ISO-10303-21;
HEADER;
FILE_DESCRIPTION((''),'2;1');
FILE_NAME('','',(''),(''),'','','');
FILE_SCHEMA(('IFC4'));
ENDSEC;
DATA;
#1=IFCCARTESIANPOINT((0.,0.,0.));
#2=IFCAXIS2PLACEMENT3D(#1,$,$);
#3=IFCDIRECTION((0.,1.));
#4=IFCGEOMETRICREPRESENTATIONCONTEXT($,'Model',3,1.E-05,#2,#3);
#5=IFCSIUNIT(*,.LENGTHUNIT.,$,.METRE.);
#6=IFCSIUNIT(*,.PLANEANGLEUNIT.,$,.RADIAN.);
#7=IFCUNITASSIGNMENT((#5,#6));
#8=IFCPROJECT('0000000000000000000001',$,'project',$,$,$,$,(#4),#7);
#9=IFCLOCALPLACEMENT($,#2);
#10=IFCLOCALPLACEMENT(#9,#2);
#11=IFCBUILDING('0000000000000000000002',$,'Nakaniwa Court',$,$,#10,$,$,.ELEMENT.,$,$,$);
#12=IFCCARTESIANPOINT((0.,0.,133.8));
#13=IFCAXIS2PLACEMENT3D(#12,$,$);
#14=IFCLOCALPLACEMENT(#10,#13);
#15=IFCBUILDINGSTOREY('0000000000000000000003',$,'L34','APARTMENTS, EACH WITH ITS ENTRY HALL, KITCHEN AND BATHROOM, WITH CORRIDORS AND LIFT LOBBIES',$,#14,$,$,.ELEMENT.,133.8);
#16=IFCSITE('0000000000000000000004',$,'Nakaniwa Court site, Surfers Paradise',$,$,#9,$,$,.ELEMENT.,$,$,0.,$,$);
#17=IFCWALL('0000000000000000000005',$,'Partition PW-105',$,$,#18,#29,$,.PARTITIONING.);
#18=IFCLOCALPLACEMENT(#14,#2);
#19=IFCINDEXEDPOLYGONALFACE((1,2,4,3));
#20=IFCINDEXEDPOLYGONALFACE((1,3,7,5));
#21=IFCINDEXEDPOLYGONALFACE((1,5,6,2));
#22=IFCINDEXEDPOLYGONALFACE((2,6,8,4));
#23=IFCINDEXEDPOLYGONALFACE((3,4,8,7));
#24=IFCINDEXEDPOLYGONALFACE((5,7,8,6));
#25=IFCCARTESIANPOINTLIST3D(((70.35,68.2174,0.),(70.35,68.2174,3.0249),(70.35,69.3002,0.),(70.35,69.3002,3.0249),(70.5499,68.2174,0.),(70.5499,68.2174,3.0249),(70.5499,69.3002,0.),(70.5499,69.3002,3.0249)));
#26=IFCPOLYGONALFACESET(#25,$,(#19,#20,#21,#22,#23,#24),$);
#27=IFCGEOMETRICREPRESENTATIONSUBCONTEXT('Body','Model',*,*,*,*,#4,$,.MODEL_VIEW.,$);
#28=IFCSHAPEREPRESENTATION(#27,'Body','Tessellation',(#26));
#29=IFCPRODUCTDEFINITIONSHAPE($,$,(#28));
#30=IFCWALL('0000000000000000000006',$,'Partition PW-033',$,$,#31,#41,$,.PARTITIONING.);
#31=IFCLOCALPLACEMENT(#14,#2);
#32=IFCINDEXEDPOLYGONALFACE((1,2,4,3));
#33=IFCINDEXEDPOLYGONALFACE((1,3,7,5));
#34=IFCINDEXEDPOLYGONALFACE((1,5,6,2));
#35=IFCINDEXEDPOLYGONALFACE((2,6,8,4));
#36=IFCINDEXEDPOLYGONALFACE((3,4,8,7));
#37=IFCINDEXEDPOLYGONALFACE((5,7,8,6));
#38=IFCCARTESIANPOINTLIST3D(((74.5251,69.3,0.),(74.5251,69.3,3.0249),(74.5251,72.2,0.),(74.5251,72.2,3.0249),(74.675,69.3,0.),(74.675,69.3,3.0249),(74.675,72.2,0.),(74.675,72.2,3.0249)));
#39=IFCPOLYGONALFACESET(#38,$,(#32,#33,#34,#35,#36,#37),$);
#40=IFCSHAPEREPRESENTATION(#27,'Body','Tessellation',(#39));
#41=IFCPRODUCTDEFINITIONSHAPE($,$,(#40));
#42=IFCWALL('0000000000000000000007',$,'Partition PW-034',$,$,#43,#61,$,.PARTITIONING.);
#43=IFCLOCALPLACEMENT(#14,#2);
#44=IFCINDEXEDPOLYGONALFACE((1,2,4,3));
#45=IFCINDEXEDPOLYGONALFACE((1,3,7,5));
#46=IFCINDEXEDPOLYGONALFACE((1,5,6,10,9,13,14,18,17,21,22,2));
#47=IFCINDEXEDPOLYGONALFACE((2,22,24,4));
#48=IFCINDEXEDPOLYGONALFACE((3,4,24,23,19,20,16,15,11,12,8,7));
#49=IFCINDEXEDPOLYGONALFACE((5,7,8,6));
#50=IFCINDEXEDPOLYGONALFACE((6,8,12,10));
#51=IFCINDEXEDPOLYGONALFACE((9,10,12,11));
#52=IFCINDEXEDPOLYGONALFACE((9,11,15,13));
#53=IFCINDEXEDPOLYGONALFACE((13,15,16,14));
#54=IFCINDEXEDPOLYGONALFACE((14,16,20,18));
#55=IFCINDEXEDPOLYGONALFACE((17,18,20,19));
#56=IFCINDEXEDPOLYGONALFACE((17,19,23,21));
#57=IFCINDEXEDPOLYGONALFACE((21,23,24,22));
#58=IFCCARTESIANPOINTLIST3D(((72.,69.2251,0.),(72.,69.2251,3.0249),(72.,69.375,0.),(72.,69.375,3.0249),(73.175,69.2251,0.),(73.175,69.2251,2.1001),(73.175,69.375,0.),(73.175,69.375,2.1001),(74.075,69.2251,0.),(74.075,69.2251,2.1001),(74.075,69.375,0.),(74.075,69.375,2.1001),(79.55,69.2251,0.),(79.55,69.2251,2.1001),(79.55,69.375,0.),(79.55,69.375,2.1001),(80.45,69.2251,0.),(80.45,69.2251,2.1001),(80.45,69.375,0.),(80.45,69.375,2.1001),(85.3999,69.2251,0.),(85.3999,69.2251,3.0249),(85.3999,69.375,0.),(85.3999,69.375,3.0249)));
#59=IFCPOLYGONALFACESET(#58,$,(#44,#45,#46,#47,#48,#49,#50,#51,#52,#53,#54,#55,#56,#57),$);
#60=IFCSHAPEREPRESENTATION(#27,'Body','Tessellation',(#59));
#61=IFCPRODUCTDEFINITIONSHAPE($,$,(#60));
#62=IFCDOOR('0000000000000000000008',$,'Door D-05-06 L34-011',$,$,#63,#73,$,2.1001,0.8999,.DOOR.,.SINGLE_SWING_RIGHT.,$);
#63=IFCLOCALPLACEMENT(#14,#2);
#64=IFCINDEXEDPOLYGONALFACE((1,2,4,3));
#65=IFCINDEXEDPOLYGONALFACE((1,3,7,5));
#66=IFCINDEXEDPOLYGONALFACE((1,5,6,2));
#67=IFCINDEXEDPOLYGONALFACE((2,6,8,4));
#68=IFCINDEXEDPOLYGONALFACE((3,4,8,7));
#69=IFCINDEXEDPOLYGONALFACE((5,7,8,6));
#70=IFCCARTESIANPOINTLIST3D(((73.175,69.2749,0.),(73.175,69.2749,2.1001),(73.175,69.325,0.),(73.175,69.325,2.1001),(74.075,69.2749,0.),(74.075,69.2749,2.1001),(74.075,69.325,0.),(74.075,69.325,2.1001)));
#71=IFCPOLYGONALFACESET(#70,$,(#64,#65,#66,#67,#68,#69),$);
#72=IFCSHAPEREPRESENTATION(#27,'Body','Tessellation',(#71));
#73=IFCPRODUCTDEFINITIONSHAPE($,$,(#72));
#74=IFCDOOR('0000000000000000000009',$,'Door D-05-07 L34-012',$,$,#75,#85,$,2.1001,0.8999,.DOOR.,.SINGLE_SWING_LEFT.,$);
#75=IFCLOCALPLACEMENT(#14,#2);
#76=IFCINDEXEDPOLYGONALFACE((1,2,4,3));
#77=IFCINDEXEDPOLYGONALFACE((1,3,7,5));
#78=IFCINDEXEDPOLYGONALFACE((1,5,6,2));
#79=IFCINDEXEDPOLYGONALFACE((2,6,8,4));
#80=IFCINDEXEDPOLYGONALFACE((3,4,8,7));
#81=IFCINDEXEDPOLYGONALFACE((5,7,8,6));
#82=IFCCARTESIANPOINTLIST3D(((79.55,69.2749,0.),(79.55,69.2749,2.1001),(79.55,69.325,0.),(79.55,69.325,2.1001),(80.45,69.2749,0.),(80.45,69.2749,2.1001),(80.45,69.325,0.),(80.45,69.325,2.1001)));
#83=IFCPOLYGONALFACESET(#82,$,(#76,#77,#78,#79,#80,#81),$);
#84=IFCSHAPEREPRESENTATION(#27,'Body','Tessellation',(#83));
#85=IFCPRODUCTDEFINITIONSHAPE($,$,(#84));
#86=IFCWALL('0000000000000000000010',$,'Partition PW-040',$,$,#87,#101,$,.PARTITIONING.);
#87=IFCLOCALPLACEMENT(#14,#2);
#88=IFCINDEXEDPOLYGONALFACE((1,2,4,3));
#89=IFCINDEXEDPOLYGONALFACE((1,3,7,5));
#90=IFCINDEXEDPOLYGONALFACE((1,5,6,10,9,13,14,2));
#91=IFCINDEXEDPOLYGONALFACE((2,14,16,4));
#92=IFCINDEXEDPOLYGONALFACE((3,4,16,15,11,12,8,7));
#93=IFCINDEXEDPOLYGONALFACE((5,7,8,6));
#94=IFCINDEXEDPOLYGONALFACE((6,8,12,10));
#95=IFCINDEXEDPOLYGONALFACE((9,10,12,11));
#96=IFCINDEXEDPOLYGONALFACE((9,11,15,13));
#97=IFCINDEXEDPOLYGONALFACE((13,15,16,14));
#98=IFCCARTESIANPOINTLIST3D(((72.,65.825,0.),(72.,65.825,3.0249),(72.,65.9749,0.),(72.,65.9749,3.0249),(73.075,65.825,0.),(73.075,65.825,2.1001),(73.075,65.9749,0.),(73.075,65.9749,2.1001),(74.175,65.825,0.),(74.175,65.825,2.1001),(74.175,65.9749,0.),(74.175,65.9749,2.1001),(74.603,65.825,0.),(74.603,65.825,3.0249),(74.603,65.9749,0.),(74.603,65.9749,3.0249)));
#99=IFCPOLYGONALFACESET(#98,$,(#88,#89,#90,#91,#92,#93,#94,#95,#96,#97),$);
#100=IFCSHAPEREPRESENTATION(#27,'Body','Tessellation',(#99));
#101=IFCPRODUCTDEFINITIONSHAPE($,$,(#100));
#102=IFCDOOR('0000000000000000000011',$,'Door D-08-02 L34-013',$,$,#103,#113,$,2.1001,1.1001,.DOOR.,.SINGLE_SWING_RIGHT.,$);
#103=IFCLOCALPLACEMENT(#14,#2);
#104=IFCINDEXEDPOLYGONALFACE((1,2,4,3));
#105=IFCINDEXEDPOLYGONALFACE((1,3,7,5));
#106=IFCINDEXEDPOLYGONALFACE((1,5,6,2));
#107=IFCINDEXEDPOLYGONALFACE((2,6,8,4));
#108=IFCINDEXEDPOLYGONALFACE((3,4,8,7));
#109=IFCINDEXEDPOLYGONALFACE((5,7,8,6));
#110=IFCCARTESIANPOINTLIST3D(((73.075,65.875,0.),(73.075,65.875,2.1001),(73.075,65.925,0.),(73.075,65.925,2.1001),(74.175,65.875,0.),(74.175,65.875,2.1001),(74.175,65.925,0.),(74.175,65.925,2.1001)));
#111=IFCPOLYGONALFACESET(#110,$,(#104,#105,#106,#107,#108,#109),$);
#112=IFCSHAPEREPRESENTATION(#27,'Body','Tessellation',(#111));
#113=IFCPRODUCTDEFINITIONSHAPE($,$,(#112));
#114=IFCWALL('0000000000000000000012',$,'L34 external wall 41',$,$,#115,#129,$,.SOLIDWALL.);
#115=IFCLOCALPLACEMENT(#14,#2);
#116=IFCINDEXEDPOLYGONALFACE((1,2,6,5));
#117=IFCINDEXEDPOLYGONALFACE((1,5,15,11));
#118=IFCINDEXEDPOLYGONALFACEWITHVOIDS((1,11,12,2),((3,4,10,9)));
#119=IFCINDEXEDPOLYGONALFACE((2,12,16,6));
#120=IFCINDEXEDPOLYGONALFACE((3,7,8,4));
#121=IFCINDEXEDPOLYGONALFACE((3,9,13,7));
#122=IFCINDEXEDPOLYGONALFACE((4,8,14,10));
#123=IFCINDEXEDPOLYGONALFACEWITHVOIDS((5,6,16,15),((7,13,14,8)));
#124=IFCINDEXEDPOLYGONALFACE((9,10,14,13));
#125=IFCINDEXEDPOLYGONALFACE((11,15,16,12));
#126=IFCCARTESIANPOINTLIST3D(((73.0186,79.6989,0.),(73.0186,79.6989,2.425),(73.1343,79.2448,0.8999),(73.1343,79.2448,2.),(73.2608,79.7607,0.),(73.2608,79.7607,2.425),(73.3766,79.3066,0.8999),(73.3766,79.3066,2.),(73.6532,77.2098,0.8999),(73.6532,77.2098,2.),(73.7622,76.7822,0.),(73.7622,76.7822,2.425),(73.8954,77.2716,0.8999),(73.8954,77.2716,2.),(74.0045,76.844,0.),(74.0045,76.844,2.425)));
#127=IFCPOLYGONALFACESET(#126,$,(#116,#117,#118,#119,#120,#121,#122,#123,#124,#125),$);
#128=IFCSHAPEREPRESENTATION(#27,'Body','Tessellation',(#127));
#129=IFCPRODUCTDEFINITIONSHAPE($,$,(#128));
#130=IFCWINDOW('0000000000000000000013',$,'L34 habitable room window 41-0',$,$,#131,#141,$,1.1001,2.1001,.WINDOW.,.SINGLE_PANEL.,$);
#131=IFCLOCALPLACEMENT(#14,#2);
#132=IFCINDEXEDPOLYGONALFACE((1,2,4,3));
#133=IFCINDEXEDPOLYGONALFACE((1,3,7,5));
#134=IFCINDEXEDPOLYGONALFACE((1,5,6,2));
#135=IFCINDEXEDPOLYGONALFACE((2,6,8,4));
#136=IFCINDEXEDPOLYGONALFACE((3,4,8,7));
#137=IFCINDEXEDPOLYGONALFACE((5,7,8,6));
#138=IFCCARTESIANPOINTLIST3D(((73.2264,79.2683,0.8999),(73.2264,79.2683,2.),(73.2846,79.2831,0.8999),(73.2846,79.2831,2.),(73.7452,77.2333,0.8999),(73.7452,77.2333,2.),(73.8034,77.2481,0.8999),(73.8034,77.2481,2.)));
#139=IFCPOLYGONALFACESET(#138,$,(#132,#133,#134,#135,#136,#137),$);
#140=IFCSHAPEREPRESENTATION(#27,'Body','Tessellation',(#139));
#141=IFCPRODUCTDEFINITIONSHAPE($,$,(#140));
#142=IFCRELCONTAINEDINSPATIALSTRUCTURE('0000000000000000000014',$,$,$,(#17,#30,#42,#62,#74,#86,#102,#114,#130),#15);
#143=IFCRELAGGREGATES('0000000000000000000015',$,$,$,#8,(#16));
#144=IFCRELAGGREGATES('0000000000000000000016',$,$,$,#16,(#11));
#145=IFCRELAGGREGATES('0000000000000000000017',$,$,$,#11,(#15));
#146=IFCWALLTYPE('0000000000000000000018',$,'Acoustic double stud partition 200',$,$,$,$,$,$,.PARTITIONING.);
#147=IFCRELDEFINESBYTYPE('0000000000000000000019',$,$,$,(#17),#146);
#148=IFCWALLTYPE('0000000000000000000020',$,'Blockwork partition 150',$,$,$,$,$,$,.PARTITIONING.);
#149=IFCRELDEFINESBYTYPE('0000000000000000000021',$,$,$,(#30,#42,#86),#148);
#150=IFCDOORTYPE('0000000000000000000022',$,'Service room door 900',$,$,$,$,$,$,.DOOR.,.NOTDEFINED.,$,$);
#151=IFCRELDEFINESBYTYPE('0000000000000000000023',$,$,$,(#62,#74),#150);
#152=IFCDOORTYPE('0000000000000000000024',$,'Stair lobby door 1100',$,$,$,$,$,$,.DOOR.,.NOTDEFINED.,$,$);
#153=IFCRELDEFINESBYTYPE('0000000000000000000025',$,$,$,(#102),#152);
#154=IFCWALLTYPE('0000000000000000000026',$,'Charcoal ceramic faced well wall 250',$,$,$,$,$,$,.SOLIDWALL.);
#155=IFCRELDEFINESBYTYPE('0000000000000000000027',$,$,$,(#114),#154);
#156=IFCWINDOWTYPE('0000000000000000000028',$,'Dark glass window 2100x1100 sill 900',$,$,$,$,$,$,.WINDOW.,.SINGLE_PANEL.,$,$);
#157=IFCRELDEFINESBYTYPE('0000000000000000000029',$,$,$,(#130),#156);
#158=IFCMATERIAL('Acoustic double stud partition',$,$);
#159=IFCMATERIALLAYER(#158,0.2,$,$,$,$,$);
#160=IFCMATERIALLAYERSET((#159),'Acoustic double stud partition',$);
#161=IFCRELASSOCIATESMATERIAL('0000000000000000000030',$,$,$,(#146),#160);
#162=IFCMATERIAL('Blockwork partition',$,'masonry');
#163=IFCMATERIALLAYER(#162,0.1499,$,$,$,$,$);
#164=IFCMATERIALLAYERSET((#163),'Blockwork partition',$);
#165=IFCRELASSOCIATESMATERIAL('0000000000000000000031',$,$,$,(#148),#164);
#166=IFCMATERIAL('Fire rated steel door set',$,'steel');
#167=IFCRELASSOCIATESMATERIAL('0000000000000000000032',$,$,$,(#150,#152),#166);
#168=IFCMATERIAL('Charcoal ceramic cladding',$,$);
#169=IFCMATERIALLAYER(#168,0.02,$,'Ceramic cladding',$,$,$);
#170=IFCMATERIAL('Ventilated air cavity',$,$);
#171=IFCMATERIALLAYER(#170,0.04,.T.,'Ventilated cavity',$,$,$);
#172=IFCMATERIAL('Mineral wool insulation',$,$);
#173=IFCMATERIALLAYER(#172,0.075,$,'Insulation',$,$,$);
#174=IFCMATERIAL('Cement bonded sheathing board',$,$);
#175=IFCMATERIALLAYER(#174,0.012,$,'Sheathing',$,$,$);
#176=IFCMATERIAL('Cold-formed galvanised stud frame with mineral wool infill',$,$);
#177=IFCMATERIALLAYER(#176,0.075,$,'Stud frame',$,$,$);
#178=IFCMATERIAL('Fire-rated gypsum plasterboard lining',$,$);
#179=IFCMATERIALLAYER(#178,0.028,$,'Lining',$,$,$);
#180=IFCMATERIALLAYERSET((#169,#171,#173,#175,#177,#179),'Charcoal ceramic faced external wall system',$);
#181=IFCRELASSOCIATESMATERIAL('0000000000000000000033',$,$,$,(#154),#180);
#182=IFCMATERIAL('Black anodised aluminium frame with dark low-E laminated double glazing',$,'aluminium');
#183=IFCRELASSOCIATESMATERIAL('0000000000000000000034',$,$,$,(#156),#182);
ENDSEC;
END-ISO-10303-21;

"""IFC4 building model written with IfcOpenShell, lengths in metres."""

from ifc_helpers import new_model, si_unit, direction, frame, frame_2d, origin, place, context, subcontext, project, spatial, rectangle, extrude, material, layer, layer_set, type_object, element, fill, save


model = new_model("IFC4")

# Units and contexts
model_context = context("Model", 3, precision=1e-05, world=origin(), true_north=direction((0.0, 1.0)))
body_context = subcontext(model_context, "Body", "Model", "MODEL_VIEW")
ifc_project = project(units=[si_unit("LENGTHUNIT", "METRE"), si_unit("PLANEANGLEUNIT", "RADIAN")], contexts=[model_context])

# Site, building, storey
site_placement = place(None, origin())
site = spatial("IfcSite", under=ifc_project, at=site_placement, Name="Nakaniwa Court site, Surfers Paradise", CompositionType="ELEMENT", RefElevation=0.0)
building_placement = place(site_placement, origin())
building = spatial("IfcBuilding", under=site, at=building_placement, Name="Nakaniwa Court", CompositionType="ELEMENT")
storey_placement = place(building_placement, frame((0.0, 0.0, 133.8)))
storey = spatial("IfcBuildingStorey", under=building, at=storey_placement, Name="L34", Description="APARTMENTS, EACH WITH ITS ENTRY HALL, KITCHEN AND BATHROOM, WITH CORRIDORS AND LIFT LOBBIES", CompositionType="ELEMENT", Elevation=133.8)

# Walls
ifc_material_1 = material(Name="Acoustic double stud partition")
ifc_layer_1 = layer(ifc_material_1, 0.2)
ifc_layer_set_1 = layer_set([ifc_layer_1], Name="Acoustic double stud partition")
wall_type_1 = type_object("IfcWallType", Name="Acoustic double stud partition 200", PredefinedType="PARTITIONING", material=ifc_layer_set_1)
wall_1_placement = place(storey_placement, frame((70.45, 68.2173, 0.0), z_axis=(0.0, 0.0, 1.0), x_axis=(0.0, 1.0, 0.0)))
element("IfcWall", 1, at=wall_1_placement, inside=storey, type_object=wall_type_1, Name="Partition PW-105", PredefinedType="PARTITIONING", context=body_context, shape_type="SweptSolid", body=[
    extrude(rectangle(XDim=1.0828, YDim=0.2, at=frame_2d((0.5415, 0.0))), origin(), (0.0, 0.0, 1.0), 3.0249),
])
ifc_material_2 = material(Name="Blockwork partition", Category="masonry")
ifc_layer_2 = layer(ifc_material_2, 0.1499)
ifc_layer_set_2 = layer_set([ifc_layer_2], Name="Blockwork partition")
wall_type_2 = type_object("IfcWallType", Name="Blockwork partition 150", PredefinedType="PARTITIONING", material=ifc_layer_set_2)
wall_2_placement = place(storey_placement, frame((74.6001, 69.3, 0.0), z_axis=(0.0, 0.0, 1.0), x_axis=(0.0, 1.0, 0.0)))
element("IfcWall", 2, at=wall_2_placement, inside=storey, type_object=wall_type_2, Name="Partition PW-033", PredefinedType="PARTITIONING", context=body_context, shape_type="SweptSolid", body=[
    extrude(rectangle(XDim=2.8999, YDim=0.1499, at=frame_2d((1.45, 0.0))), origin(), (0.0, 0.0, 1.0), 3.0249),
])

# Wall, openings, doors
wall_3_placement = place(storey_placement, frame((72.0, 69.3, 0.0), z_axis=(0.0, 0.0, 1.0), x_axis=(1.0, 0.0, 0.0)))
wall_3 = element("IfcWall", 3, at=wall_3_placement, inside=storey, type_object=wall_type_2, Name="Partition PW-034", PredefinedType="PARTITIONING", context=body_context, shape_type="SweptSolid", body=[
    extrude(rectangle(XDim=13.3999, YDim=0.1499, at=frame_2d((6.7, 0.0))), origin(), (0.0, 0.0, 1.0), 3.0249),
])
opening_1_placement = place(wall_3_placement, frame((1.175, 0.0, 0.0)))
opening_1 = element("IfcOpeningElement", 4, at=opening_1_placement, cuts=wall_3, PredefinedType="OPENING", context=body_context, shape_type="SweptSolid", body=[
    extrude(rectangle(XDim=0.8999, YDim=2.1001, at=frame_2d((0.45, 1.05))), frame((0.0, 0.085, 0.0), z_axis=(0.0, -1.0, 0.0), x_axis=(1.0, 0.0, 0.0)), (0.0, 0.0, 1.0), 0.1699),
])
opening_2_placement = place(wall_3_placement, frame((7.55, 0.0, 0.0)))
opening_2 = element("IfcOpeningElement", 5, at=opening_2_placement, cuts=wall_3, PredefinedType="OPENING", context=body_context, shape_type="SweptSolid", body=[
    extrude(rectangle(XDim=0.8999, YDim=2.1001, at=frame_2d((0.45, 1.05))), frame((0.0, 0.085, 0.0), z_axis=(0.0, -1.0, 0.0), x_axis=(1.0, 0.0, 0.0)), (0.0, 0.0, 1.0), 0.1699),
])
ifc_material_3 = material(Name="Fire rated steel door set", Category="steel")
door_type_1 = type_object("IfcDoorType", Name="Service room door 900", OperationType="NOTDEFINED", PredefinedType="DOOR", material=ifc_material_3)
door_1_placement = place(opening_1_placement, origin())
door_1 = element("IfcDoor", 6, at=door_1_placement, inside=storey, type_object=door_type_1, Name="Door D-05-06 L34-011", OperationType="SINGLE_SWING_RIGHT", OverallHeight=2.1001, OverallWidth=0.8999, PredefinedType="DOOR", context=body_context, shape_type="SweptSolid", body=[
    extrude(rectangle(XDim=0.8999, YDim=2.1001, at=frame_2d((0.45, 1.05))), frame((0.0, 0.0249, 0.0), z_axis=(0.0, -1.0, 0.0), x_axis=(1.0, 0.0, 0.0)), (0.0, 0.0, 1.0), 0.05),
])
fill(opening_1, door_1)
door_2_placement = place(opening_2_placement, origin())
door_2 = element("IfcDoor", 7, at=door_2_placement, inside=storey, type_object=door_type_1, Name="Door D-05-07 L34-012", OperationType="SINGLE_SWING_LEFT", OverallHeight=2.1001, OverallWidth=0.8999, PredefinedType="DOOR", context=body_context, shape_type="SweptSolid", body=[
    extrude(rectangle(XDim=0.8999, YDim=2.1001, at=frame_2d((0.45, 1.05))), frame((0.0, 0.0249, 0.0), z_axis=(0.0, -1.0, 0.0), x_axis=(1.0, 0.0, 0.0)), (0.0, 0.0, 1.0), 0.05),
])
fill(opening_2, door_2)

# Wall, opening, door
wall_4_placement = place(storey_placement, frame((74.603, 65.8999, 0.0), z_axis=(0.0, 0.0, 1.0), x_axis=(-1.0, 0.0, 0.0)))
wall_4 = element("IfcWall", 8, at=wall_4_placement, inside=storey, type_object=wall_type_2, Name="Partition PW-040", PredefinedType="PARTITIONING", context=body_context, shape_type="SweptSolid", body=[
    extrude(rectangle(XDim=2.603, YDim=0.1499, at=frame_2d((1.3015, 0.0))), origin(), (0.0, 0.0, 1.0), 3.0249),
])
opening_3_placement = place(wall_4_placement, frame((0.428, 0.0, 0.0)))
opening_3 = element("IfcOpeningElement", 9, at=opening_3_placement, cuts=wall_4, PredefinedType="OPENING", context=body_context, shape_type="SweptSolid", body=[
    extrude(rectangle(XDim=1.1001, YDim=2.1001, at=frame_2d((0.55, 1.05))), frame((0.0, 0.085, 0.0), z_axis=(0.0, -1.0, 0.0), x_axis=(1.0, 0.0, 0.0)), (0.0, 0.0, 1.0), 0.1699),
])
door_type_2 = type_object("IfcDoorType", Name="Stair lobby door 1100", OperationType="NOTDEFINED", PredefinedType="DOOR", material=ifc_material_3)
door_3_placement = place(opening_3_placement, origin())
door_3 = element("IfcDoor", 10, at=door_3_placement, inside=storey, type_object=door_type_2, Name="Door D-08-02 L34-013", OperationType="SINGLE_SWING_RIGHT", OverallHeight=2.1001, OverallWidth=1.1001, PredefinedType="DOOR", context=body_context, shape_type="SweptSolid", body=[
    extrude(rectangle(XDim=1.1001, YDim=2.1001, at=frame_2d((0.55, 1.05))), frame((0.0, 0.0249, 0.0), z_axis=(0.0, -1.0, 0.0), x_axis=(1.0, 0.0, 0.0)), (0.0, 0.0, 1.0), 0.05),
])
fill(opening_3, door_3)

# Wall, opening, window
ifc_material_4 = material(Name="Charcoal ceramic cladding")
ifc_layer_3 = layer(ifc_material_4, 0.02, Name="Ceramic cladding")
ifc_material_5 = material(Name="Ventilated air cavity")
ifc_layer_4 = layer(ifc_material_5, 0.04, ventilated=True, Name="Ventilated cavity")
ifc_material_6 = material(Name="Mineral wool insulation")
ifc_layer_5 = layer(ifc_material_6, 0.075, Name="Insulation")
ifc_material_7 = material(Name="Cement bonded sheathing board")
ifc_layer_6 = layer(ifc_material_7, 0.012, Name="Sheathing")
ifc_material_8 = material(Name="Cold-formed galvanised stud frame with mineral wool infill")
ifc_layer_7 = layer(ifc_material_8, 0.075, Name="Stud frame")
ifc_material_9 = material(Name="Fire-rated gypsum plasterboard lining")
ifc_layer_8 = layer(ifc_material_9, 0.028, Name="Lining")
ifc_layer_set_3 = layer_set([ifc_layer_3, ifc_layer_4, ifc_layer_5, ifc_layer_6, ifc_layer_7, ifc_layer_8], Name="Charcoal ceramic faced external wall system")
wall_type_3 = type_object("IfcWallType", Name="Charcoal ceramic faced well wall 250", PredefinedType="SOLIDWALL", material=ifc_layer_set_3)
wall_5_placement = place(storey_placement, frame((73.8833, 76.8132, 0.0), z_axis=(0.0, 0.0, 1.0), x_axis=(-0.247056, 0.969001, 0.0)))
wall_5 = element("IfcWall", 11, at=wall_5_placement, inside=storey, type_object=wall_type_3, Name="L34 external wall 41", PredefinedType="SOLIDWALL", context=body_context, shape_type="SweptSolid", body=[
    extrude(rectangle(XDim=3.01, YDim=0.25, at=frame_2d((1.5049, 0.0))), origin(), (0.0, 0.0, 1.0), 2.425),
])
opening_4_placement = place(wall_5_placement, frame((0.4412, 0.0, 0.8999)))
opening_4 = element("IfcOpeningElement", 12, at=opening_4_placement, cuts=wall_5, PredefinedType="OPENING", context=body_context, shape_type="SweptSolid", body=[
    extrude(rectangle(XDim=2.1001, YDim=1.1001, at=frame_2d((1.05, 0.55))), frame((0.0, 0.135, 0.0), z_axis=(0.0, -1.0, 0.0), x_axis=(1.0, 0.0, 0.0)), (0.0, 0.0, 1.0), 0.27),
])
ifc_material_10 = material(Name="Black anodised aluminium frame with dark low-E laminated double glazing", Category="aluminium")
window_type = type_object("IfcWindowType", Name="Dark glass window 2100x1100 sill 900", PartitioningType="SINGLE_PANEL", PredefinedType="WINDOW", material=ifc_material_10)
window_1_placement = place(opening_4_placement, origin())
window_1 = element("IfcWindow", 13, at=window_1_placement, inside=storey, type_object=window_type, Name="L34 habitable room window 41-0", OverallHeight=1.1001, OverallWidth=2.1001, PartitioningType="SINGLE_PANEL", PredefinedType="WINDOW", context=body_context, shape_type="SweptSolid", body=[
    extrude(rectangle(XDim=2.1001, YDim=1.1001, at=frame_2d((1.05, 0.55))), frame((0.0, 0.03, 0.0), z_axis=(0.0, -1.0, 0.0), x_axis=(1.0, 0.0, 0.0)), (0.0, 0.0, 1.0), 0.0601),
])
fill(opening_4, window_1)

save(model, "model.ifc")
